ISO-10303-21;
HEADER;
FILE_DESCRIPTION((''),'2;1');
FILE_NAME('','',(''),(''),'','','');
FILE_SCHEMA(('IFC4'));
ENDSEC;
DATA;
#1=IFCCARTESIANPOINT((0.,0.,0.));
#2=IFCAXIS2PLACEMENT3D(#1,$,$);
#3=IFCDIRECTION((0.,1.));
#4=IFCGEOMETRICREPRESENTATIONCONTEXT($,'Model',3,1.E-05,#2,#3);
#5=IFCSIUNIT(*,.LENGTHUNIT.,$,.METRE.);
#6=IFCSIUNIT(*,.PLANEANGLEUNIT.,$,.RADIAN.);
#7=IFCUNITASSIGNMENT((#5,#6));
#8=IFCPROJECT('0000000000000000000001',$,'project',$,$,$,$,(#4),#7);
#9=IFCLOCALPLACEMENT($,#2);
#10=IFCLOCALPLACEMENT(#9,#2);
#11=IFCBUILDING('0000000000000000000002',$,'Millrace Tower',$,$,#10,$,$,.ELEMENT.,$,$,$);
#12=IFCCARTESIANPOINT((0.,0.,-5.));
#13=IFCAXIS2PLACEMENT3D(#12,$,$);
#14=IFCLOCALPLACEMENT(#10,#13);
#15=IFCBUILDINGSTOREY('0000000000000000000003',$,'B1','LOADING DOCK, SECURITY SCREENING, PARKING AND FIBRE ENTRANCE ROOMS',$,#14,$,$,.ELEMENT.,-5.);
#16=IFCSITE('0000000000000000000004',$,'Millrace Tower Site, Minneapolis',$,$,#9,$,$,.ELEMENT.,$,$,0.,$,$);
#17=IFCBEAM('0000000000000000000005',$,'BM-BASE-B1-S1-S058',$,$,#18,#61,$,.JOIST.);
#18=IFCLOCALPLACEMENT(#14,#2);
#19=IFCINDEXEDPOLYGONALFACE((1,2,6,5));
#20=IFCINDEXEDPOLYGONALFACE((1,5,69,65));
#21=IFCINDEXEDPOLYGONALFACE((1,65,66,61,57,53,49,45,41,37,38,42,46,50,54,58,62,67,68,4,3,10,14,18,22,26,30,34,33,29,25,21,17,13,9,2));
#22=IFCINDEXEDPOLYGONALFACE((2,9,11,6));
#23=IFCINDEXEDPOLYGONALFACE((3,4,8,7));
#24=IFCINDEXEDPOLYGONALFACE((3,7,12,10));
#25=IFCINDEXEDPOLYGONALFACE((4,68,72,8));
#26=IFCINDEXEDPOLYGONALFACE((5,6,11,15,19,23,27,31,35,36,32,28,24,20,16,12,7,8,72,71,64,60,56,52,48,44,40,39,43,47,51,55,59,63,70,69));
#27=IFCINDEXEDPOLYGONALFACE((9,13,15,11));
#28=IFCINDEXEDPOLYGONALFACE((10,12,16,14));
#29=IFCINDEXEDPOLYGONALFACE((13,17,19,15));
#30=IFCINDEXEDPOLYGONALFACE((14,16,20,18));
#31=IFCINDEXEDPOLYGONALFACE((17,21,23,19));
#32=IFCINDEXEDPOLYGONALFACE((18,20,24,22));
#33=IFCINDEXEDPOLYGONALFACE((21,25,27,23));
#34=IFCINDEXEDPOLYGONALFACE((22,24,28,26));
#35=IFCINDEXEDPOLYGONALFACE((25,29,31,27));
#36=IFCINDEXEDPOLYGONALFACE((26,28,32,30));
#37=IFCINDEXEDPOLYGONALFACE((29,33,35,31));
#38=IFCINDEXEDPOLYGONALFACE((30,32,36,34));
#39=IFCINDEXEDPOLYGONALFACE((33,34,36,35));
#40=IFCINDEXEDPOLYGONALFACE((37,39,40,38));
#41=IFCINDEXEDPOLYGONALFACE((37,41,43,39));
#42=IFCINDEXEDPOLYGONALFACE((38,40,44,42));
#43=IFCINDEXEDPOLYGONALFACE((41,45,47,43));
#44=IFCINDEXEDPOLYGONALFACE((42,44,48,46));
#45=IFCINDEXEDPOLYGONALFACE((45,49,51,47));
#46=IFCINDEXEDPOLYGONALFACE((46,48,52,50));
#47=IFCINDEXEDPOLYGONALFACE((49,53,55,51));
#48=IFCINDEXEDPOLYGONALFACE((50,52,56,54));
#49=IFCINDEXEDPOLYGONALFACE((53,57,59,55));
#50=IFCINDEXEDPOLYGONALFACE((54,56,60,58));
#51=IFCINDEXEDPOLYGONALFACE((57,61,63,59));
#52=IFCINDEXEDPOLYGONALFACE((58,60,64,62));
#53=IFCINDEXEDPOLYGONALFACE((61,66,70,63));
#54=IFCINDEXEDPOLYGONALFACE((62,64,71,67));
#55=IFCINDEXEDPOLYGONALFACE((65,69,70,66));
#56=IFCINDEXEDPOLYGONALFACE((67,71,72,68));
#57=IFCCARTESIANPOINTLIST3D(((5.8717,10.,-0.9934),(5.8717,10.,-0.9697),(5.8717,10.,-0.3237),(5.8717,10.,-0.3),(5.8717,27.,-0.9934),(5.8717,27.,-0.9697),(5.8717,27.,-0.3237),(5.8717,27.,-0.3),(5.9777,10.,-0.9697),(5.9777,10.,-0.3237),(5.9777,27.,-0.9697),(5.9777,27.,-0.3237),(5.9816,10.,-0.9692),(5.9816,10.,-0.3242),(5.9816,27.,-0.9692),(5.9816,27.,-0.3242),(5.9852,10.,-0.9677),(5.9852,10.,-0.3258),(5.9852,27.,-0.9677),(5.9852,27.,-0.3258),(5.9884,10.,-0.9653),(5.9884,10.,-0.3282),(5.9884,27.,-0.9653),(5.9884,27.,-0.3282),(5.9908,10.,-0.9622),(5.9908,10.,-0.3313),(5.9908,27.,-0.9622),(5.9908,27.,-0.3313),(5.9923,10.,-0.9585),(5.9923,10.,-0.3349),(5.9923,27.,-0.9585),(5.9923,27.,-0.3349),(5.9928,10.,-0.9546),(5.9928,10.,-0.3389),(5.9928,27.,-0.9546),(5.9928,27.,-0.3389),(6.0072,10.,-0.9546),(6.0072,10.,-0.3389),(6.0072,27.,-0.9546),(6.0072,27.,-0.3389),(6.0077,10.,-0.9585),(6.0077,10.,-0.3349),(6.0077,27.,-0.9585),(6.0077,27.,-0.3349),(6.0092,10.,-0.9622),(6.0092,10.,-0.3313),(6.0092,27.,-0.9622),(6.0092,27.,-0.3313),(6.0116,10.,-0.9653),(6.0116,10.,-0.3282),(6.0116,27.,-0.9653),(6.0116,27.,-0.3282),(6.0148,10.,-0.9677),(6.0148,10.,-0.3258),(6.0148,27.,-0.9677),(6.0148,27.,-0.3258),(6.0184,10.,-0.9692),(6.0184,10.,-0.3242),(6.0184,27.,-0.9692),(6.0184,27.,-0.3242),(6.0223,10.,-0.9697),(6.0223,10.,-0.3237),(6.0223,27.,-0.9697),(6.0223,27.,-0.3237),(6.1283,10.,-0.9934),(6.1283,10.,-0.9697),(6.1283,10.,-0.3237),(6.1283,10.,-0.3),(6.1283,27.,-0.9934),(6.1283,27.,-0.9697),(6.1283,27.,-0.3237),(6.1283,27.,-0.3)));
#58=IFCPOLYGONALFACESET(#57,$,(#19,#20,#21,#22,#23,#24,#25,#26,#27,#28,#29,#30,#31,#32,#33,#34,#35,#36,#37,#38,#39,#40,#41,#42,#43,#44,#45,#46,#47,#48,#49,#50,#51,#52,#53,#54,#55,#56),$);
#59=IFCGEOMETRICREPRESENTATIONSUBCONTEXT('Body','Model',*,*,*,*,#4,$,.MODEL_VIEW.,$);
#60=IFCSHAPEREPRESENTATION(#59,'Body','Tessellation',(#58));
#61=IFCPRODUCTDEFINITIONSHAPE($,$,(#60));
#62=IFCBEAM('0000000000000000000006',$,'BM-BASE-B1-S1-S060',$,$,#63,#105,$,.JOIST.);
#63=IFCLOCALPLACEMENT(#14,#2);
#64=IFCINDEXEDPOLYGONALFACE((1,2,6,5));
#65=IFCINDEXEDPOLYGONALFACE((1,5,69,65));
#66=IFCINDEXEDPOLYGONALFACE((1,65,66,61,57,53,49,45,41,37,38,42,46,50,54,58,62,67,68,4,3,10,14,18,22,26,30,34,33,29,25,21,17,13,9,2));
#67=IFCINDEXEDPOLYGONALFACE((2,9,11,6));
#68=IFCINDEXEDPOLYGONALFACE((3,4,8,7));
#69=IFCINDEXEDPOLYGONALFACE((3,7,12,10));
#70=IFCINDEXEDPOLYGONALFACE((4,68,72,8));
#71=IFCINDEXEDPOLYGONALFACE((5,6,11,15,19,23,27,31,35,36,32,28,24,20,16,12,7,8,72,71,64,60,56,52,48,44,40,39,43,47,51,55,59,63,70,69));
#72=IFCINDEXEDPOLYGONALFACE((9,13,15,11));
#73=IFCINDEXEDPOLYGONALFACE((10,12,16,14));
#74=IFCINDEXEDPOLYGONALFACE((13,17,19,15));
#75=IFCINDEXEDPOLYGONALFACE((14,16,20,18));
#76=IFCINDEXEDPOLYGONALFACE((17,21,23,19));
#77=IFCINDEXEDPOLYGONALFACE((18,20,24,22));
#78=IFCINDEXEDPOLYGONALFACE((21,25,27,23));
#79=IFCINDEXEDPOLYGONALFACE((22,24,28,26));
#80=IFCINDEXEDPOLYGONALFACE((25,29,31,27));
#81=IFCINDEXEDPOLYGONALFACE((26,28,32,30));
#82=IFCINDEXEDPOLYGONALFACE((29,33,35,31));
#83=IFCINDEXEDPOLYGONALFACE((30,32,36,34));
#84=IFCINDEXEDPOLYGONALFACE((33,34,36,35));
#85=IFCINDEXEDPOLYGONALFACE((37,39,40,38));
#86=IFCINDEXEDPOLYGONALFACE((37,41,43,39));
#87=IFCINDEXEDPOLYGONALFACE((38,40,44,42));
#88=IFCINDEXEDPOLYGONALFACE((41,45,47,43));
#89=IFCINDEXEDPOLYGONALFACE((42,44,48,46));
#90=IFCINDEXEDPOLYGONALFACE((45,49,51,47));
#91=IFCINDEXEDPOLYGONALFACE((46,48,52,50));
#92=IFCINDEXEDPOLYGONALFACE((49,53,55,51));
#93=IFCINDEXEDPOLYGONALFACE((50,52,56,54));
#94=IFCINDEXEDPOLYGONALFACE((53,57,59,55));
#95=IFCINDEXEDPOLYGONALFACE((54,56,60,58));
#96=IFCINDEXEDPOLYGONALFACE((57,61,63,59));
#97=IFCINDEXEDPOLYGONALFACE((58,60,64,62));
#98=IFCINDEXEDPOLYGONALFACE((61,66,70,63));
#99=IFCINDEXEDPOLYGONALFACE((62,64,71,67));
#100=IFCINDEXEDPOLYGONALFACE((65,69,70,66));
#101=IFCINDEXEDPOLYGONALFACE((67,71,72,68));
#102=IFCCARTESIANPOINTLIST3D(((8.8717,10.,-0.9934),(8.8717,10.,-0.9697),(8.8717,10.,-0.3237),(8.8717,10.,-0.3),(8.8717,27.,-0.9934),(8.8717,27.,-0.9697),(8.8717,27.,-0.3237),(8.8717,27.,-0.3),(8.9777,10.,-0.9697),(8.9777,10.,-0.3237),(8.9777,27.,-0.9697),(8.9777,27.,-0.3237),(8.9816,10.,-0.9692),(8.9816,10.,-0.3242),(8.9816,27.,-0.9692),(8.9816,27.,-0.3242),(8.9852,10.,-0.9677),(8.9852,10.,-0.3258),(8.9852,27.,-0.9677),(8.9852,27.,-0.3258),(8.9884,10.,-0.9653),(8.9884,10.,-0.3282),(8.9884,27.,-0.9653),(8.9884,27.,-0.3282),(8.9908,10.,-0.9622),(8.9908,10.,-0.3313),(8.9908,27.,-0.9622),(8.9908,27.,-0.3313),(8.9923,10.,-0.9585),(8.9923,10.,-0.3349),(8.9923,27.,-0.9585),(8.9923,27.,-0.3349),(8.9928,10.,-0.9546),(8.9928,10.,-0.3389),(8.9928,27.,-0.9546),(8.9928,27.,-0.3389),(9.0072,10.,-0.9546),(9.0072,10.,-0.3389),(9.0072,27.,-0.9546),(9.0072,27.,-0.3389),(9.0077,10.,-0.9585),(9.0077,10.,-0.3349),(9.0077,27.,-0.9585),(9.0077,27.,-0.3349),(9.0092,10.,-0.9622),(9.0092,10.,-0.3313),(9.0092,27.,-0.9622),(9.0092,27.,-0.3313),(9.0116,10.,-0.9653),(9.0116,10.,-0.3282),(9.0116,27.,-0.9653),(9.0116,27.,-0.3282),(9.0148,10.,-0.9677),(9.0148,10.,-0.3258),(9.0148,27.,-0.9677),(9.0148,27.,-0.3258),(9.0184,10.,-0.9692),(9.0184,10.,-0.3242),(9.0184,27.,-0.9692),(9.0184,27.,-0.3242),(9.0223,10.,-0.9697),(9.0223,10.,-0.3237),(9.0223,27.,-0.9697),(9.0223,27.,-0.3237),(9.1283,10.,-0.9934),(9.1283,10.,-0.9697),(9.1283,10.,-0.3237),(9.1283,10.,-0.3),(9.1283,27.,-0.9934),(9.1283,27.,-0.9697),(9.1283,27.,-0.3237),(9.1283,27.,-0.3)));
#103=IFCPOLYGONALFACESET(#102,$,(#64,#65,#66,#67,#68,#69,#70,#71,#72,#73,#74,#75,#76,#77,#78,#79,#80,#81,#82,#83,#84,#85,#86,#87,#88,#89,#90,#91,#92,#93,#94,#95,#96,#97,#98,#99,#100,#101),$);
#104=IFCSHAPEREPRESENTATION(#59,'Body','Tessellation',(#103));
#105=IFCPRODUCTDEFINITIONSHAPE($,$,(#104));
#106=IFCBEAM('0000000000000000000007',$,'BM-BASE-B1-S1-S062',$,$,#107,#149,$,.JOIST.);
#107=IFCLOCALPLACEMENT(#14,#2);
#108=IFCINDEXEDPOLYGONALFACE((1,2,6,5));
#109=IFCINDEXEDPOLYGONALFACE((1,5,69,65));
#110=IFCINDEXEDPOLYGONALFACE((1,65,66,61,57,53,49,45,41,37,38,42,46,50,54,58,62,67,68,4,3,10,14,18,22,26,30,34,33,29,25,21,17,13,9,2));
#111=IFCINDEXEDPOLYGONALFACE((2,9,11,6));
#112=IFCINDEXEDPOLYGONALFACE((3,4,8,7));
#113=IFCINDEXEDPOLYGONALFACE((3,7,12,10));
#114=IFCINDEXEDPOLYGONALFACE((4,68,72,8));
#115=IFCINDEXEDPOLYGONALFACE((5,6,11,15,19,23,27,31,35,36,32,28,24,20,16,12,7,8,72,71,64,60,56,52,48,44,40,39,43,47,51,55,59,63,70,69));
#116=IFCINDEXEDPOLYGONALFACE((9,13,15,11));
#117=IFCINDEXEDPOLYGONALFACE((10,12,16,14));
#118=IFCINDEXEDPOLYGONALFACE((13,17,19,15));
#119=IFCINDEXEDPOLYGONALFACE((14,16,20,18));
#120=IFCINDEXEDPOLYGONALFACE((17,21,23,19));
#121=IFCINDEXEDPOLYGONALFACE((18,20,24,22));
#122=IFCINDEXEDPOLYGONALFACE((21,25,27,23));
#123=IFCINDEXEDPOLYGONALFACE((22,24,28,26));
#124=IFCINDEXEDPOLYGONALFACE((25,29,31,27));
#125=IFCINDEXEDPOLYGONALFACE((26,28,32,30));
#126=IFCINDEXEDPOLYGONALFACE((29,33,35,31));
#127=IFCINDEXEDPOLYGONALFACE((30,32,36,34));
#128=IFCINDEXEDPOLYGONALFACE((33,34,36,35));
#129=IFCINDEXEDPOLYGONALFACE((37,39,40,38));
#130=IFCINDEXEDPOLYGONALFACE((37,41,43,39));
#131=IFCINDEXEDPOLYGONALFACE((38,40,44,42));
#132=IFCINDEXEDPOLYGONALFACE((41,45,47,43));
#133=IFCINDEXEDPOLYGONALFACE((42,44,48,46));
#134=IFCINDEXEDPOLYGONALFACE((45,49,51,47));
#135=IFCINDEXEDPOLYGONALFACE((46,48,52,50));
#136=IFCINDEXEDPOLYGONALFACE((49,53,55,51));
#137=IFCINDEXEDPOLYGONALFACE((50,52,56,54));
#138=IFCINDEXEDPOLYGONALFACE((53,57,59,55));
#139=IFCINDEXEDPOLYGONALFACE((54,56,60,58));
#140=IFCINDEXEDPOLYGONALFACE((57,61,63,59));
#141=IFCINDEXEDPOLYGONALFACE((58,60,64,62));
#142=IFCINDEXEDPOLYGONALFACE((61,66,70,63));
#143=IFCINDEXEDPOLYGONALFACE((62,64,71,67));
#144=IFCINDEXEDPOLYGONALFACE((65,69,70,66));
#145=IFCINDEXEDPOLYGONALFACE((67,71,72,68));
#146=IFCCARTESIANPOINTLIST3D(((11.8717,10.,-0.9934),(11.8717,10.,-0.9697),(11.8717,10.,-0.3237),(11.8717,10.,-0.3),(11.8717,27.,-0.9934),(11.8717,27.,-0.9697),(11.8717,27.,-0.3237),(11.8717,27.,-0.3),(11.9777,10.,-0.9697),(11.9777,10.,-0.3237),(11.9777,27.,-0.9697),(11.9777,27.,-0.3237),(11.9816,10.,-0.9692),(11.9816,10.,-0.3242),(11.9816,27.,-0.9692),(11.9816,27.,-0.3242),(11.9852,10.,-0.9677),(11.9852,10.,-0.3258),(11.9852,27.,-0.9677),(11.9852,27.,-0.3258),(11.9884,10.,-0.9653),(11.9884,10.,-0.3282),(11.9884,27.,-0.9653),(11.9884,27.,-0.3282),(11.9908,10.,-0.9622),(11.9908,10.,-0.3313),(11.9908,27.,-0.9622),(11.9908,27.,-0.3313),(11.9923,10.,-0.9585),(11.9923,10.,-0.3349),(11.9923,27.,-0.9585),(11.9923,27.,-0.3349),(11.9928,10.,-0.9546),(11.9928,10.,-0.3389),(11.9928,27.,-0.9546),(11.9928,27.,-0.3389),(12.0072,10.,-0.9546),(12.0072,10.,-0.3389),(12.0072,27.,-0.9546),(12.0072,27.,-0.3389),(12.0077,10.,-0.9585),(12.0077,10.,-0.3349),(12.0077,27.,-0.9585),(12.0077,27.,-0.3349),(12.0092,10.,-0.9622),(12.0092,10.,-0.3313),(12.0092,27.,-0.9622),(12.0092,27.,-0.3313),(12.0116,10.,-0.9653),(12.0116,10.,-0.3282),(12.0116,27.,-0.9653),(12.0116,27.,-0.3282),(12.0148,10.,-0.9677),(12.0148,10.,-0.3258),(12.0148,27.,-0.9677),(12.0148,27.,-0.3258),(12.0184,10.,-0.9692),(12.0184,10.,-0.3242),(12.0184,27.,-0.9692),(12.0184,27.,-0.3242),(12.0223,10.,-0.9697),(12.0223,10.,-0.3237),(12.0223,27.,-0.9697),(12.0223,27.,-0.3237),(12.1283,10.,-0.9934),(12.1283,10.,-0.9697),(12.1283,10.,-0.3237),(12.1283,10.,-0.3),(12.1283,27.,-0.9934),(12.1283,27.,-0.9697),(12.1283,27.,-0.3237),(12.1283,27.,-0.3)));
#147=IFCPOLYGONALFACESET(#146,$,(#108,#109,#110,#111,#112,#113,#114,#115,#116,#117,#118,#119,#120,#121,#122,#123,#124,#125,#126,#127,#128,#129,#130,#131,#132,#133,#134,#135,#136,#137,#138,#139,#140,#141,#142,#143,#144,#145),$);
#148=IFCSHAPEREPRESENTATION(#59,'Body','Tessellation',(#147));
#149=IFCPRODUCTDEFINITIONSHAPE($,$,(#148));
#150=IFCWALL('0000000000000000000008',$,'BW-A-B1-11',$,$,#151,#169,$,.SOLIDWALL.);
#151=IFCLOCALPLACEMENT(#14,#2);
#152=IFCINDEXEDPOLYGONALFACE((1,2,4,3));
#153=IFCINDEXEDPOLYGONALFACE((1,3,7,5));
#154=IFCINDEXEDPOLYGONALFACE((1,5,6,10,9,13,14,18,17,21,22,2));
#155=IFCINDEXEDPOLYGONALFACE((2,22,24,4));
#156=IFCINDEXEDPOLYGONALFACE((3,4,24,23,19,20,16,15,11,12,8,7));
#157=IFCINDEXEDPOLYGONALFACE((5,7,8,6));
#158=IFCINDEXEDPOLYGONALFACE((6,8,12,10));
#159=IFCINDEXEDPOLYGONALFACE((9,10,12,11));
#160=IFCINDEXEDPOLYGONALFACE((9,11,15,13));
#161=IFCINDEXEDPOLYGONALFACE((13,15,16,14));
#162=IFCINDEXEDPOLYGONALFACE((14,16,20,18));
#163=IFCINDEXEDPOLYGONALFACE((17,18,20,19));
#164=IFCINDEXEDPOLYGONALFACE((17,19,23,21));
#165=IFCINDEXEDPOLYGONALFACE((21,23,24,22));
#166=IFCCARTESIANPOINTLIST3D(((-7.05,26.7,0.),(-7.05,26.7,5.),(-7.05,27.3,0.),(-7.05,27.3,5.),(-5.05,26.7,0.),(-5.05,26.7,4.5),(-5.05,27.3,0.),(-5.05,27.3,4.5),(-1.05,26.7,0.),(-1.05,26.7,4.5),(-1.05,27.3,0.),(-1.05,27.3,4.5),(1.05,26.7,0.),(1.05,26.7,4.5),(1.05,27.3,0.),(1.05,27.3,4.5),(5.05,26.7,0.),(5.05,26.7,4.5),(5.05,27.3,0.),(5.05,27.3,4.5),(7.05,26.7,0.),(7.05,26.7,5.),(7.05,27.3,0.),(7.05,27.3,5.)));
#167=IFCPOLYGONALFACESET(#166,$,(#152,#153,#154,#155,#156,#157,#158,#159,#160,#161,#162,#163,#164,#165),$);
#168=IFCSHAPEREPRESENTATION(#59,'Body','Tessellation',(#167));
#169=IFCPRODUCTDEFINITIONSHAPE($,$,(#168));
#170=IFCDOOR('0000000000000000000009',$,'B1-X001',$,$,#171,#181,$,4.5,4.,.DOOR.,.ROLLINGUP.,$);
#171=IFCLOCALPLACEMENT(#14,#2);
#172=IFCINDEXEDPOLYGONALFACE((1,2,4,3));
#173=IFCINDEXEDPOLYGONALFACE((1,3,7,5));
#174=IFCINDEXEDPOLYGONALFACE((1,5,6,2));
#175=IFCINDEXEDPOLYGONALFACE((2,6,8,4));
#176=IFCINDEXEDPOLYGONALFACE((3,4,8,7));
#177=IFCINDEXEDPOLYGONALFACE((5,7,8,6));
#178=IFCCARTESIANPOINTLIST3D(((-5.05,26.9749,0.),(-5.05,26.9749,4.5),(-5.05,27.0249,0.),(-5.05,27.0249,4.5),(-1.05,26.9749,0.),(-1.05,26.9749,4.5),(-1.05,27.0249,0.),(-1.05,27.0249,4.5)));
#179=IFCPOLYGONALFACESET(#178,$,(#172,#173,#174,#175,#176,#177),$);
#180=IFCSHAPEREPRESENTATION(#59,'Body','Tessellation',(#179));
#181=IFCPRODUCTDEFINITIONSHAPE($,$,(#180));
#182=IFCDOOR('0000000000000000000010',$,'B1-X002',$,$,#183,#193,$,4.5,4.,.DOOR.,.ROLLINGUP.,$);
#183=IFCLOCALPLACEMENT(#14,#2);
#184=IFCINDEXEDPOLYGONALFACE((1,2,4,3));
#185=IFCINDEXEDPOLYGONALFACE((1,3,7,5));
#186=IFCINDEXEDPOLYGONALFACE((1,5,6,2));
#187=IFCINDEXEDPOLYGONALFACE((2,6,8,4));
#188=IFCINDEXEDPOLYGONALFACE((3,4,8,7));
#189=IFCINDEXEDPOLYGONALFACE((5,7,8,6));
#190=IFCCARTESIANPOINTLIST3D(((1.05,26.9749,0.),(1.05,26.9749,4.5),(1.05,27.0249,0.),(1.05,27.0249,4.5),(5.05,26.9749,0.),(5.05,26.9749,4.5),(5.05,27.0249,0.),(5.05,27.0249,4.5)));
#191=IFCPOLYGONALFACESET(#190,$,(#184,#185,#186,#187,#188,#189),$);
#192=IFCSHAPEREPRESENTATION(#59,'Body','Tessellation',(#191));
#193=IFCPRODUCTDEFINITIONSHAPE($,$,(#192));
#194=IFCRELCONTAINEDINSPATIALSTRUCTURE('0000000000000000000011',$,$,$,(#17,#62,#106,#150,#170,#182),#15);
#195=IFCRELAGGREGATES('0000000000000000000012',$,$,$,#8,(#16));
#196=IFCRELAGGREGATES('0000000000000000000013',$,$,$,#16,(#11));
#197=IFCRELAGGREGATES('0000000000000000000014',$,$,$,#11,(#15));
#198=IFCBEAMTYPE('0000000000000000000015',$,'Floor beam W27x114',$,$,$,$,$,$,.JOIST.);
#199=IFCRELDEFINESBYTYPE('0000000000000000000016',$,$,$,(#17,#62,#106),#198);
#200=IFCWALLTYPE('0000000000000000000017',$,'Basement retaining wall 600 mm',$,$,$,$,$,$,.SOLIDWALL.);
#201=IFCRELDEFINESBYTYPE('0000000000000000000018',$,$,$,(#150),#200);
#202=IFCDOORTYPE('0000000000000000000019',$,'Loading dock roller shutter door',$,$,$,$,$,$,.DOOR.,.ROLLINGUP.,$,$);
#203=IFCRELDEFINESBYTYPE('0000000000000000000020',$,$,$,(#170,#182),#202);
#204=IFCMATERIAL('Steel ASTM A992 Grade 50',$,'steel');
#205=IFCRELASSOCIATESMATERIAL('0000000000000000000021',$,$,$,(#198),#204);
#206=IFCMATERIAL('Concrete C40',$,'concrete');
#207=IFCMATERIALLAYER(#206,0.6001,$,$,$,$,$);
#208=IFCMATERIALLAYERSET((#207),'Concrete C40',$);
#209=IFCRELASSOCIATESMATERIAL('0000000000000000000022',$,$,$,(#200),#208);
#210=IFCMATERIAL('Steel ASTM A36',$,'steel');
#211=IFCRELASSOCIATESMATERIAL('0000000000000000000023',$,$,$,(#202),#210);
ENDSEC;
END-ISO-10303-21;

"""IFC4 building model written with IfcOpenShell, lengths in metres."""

from ifc_helpers import new_model, si_unit, direction, frame, frame_2d, origin, origin_2d, place, context, subcontext, project, spatial, rectangle, i_section, extrude, material, layer, layer_set, material_profile, profile_set, type_object, element, fill, save


model = new_model("IFC4")

# Units and contexts
model_context = context("Model", 3, precision=1e-05, world=origin(), true_north=direction((0.0, 1.0)))
body_context = subcontext(model_context, "Body", "Model", "MODEL_VIEW")
ifc_project = project(units=[si_unit("LENGTHUNIT", "METRE"), si_unit("PLANEANGLEUNIT", "RADIAN")], contexts=[model_context])

# Site, building, storey
site_placement = place(None, origin())
site = spatial("IfcSite", under=ifc_project, at=site_placement, Name="Millrace Tower Site, Minneapolis", CompositionType="ELEMENT", RefElevation=0.0)
building_placement = place(site_placement, origin())
building = spatial("IfcBuilding", under=site, at=building_placement, Name="Millrace Tower", CompositionType="ELEMENT")
storey_placement = place(building_placement, frame((0.0, 0.0, -5.0)))
storey = spatial("IfcBuildingStorey", under=building, at=storey_placement, Name="B1", Description="LOADING DOCK, SECURITY SCREENING, PARKING AND FIBRE ENTRANCE ROOMS", CompositionType="ELEMENT", Elevation=-5.0)

# Shared definitions
placement = place(storey_placement, frame((7.05, 27.0, 0.0), z_axis=(0.0, 0.0, 1.0), x_axis=(-1.0, 0.0, 0.0)))

# Beams
ifc_material_1 = material(Name="Steel ASTM A992 Grade 50", Category="steel")
ifc_material_profile_1 = material_profile(ifc_material_1, i_section(OverallWidth=0.2566, OverallDepth=0.6934, WebThickness=0.0144, FlangeThickness=0.0237, FilletRadius=0.0151, at=origin_2d()))
ifc_profile_set_1 = profile_set([ifc_material_profile_1], Name="Steel ASTM A992 Grade 50")
beam_type_1 = type_object("IfcBeamType", Name="Floor beam W27x114", PredefinedType="JOIST", material=ifc_profile_set_1)
for number, where, z_axis, x_axis, name in (
    (1, (6.0, 10.0, -0.6467), (0.0, 1.0, 0.0), (-1.0, 0.0, 0.0), "BM-BASE-B1-S1-S058"),
    (2, (9.0, 10.0, -0.6467), (0.0, 1.0, 0.0), (-1.0, 0.0, 0.0), "BM-BASE-B1-S1-S060"),
    (3, (12.0, 10.0, -0.6467), (0.0, 1.0, 0.0), (-1.0, 0.0, 0.0), "BM-BASE-B1-S1-S062"),
):
    element("IfcBeam", number, at=place(storey_placement, frame(where, z_axis=z_axis, x_axis=x_axis)), inside=storey, type_object=beam_type_1, Name=name, PredefinedType="JOIST", context=body_context, shape_type="SweptSolid", body=[
        extrude(i_section(OverallWidth=0.2566, OverallDepth=0.6934, WebThickness=0.0144, FlangeThickness=0.0237, FilletRadius=0.0151, at=origin_2d()), origin(), (0.0, 0.0, 1.0), 17.0),
    ])

# Wall, openings, doors
ifc_material_2 = material(Name="Concrete C40", Category="concrete")
ifc_layer_1 = layer(ifc_material_2, 0.6001)
ifc_layer_set_1 = layer_set([ifc_layer_1], Name="Concrete C40")
wall_type_1 = type_object("IfcWallType", Name="Basement retaining wall 600 mm", PredefinedType="SOLIDWALL", material=ifc_layer_set_1)
wall_1 = element("IfcWall", 4, at=placement, inside=storey, type_object=wall_type_1, Name="BW-A-B1-11", PredefinedType="SOLIDWALL", context=body_context, shape_type="SweptSolid", body=[
    extrude(rectangle(XDim=14.1001, YDim=0.6001, at=frame_2d((7.05, 0.0))), origin(), (0.0, 0.0, 1.0), 5.0),
])
opening_1_placement = place(placement, frame((8.1001, 0.0, 0.0)))
opening_1 = element("IfcOpeningElement", 5, at=opening_1_placement, cuts=wall_1, PredefinedType="OPENING", context=body_context, shape_type="SweptSolid", body=[
    extrude(rectangle(XDim=4.0, YDim=4.5, at=frame_2d((2.0, 2.25))), frame((0.0, 0.3101, 0.0), z_axis=(0.0, -1.0, 0.0), x_axis=(1.0, 0.0, 0.0)), (0.0, 0.0, 1.0), 0.6201),
])
opening_2_placement = place(placement, frame((2.0, 0.0, 0.0)))
opening_2 = element("IfcOpeningElement", 6, at=opening_2_placement, cuts=wall_1, PredefinedType="OPENING", context=body_context, shape_type="SweptSolid", body=[
    extrude(rectangle(XDim=4.0, YDim=4.5, at=frame_2d((2.0, 2.25))), frame((0.0, 0.3101, 0.0), z_axis=(0.0, -1.0, 0.0), x_axis=(1.0, 0.0, 0.0)), (0.0, 0.0, 1.0), 0.6201),
])
ifc_material_3 = material(Name="Steel ASTM A36", Category="steel")
door_type_1 = type_object("IfcDoorType", Name="Loading dock roller shutter door", OperationType="ROLLINGUP", PredefinedType="DOOR", material=ifc_material_3)
door_1_placement = place(opening_1_placement, frame((4.0, 0.0, 0.0), z_axis=(0.0, 0.0, 1.0), x_axis=(-1.0, 0.0, 0.0)))
door_1 = element("IfcDoor", 7, at=door_1_placement, inside=storey, type_object=door_type_1, Name="B1-X001", OperationType="ROLLINGUP", OverallHeight=4.5, OverallWidth=4.0, PredefinedType="DOOR", context=body_context, shape_type="SweptSolid", body=[
    extrude(rectangle(XDim=4.0, YDim=4.5, at=frame_2d((2.0, 2.25))), frame((0.0, 0.0249, 0.0), z_axis=(0.0, -1.0, 0.0), x_axis=(1.0, 0.0, 0.0)), (0.0, 0.0, 1.0), 0.05),
])
fill(opening_1, door_1)
door_2_placement = place(opening_2_placement, frame((4.0, 0.0, 0.0), z_axis=(0.0, 0.0, 1.0), x_axis=(-1.0, 0.0, 0.0)))
door_2 = element("IfcDoor", 8, at=door_2_placement, inside=storey, type_object=door_type_1, Name="B1-X002", OperationType="ROLLINGUP", OverallHeight=4.5, OverallWidth=4.0, PredefinedType="DOOR", context=body_context, shape_type="SweptSolid", body=[
    extrude(rectangle(XDim=4.0, YDim=4.5, at=frame_2d((2.0, 2.25))), frame((0.0, 0.0249, 0.0), z_axis=(0.0, -1.0, 0.0), x_axis=(1.0, 0.0, 0.0)), (0.0, 0.0, 1.0), 0.05),
])
fill(opening_2, door_2)

save(model, "model.ifc")
